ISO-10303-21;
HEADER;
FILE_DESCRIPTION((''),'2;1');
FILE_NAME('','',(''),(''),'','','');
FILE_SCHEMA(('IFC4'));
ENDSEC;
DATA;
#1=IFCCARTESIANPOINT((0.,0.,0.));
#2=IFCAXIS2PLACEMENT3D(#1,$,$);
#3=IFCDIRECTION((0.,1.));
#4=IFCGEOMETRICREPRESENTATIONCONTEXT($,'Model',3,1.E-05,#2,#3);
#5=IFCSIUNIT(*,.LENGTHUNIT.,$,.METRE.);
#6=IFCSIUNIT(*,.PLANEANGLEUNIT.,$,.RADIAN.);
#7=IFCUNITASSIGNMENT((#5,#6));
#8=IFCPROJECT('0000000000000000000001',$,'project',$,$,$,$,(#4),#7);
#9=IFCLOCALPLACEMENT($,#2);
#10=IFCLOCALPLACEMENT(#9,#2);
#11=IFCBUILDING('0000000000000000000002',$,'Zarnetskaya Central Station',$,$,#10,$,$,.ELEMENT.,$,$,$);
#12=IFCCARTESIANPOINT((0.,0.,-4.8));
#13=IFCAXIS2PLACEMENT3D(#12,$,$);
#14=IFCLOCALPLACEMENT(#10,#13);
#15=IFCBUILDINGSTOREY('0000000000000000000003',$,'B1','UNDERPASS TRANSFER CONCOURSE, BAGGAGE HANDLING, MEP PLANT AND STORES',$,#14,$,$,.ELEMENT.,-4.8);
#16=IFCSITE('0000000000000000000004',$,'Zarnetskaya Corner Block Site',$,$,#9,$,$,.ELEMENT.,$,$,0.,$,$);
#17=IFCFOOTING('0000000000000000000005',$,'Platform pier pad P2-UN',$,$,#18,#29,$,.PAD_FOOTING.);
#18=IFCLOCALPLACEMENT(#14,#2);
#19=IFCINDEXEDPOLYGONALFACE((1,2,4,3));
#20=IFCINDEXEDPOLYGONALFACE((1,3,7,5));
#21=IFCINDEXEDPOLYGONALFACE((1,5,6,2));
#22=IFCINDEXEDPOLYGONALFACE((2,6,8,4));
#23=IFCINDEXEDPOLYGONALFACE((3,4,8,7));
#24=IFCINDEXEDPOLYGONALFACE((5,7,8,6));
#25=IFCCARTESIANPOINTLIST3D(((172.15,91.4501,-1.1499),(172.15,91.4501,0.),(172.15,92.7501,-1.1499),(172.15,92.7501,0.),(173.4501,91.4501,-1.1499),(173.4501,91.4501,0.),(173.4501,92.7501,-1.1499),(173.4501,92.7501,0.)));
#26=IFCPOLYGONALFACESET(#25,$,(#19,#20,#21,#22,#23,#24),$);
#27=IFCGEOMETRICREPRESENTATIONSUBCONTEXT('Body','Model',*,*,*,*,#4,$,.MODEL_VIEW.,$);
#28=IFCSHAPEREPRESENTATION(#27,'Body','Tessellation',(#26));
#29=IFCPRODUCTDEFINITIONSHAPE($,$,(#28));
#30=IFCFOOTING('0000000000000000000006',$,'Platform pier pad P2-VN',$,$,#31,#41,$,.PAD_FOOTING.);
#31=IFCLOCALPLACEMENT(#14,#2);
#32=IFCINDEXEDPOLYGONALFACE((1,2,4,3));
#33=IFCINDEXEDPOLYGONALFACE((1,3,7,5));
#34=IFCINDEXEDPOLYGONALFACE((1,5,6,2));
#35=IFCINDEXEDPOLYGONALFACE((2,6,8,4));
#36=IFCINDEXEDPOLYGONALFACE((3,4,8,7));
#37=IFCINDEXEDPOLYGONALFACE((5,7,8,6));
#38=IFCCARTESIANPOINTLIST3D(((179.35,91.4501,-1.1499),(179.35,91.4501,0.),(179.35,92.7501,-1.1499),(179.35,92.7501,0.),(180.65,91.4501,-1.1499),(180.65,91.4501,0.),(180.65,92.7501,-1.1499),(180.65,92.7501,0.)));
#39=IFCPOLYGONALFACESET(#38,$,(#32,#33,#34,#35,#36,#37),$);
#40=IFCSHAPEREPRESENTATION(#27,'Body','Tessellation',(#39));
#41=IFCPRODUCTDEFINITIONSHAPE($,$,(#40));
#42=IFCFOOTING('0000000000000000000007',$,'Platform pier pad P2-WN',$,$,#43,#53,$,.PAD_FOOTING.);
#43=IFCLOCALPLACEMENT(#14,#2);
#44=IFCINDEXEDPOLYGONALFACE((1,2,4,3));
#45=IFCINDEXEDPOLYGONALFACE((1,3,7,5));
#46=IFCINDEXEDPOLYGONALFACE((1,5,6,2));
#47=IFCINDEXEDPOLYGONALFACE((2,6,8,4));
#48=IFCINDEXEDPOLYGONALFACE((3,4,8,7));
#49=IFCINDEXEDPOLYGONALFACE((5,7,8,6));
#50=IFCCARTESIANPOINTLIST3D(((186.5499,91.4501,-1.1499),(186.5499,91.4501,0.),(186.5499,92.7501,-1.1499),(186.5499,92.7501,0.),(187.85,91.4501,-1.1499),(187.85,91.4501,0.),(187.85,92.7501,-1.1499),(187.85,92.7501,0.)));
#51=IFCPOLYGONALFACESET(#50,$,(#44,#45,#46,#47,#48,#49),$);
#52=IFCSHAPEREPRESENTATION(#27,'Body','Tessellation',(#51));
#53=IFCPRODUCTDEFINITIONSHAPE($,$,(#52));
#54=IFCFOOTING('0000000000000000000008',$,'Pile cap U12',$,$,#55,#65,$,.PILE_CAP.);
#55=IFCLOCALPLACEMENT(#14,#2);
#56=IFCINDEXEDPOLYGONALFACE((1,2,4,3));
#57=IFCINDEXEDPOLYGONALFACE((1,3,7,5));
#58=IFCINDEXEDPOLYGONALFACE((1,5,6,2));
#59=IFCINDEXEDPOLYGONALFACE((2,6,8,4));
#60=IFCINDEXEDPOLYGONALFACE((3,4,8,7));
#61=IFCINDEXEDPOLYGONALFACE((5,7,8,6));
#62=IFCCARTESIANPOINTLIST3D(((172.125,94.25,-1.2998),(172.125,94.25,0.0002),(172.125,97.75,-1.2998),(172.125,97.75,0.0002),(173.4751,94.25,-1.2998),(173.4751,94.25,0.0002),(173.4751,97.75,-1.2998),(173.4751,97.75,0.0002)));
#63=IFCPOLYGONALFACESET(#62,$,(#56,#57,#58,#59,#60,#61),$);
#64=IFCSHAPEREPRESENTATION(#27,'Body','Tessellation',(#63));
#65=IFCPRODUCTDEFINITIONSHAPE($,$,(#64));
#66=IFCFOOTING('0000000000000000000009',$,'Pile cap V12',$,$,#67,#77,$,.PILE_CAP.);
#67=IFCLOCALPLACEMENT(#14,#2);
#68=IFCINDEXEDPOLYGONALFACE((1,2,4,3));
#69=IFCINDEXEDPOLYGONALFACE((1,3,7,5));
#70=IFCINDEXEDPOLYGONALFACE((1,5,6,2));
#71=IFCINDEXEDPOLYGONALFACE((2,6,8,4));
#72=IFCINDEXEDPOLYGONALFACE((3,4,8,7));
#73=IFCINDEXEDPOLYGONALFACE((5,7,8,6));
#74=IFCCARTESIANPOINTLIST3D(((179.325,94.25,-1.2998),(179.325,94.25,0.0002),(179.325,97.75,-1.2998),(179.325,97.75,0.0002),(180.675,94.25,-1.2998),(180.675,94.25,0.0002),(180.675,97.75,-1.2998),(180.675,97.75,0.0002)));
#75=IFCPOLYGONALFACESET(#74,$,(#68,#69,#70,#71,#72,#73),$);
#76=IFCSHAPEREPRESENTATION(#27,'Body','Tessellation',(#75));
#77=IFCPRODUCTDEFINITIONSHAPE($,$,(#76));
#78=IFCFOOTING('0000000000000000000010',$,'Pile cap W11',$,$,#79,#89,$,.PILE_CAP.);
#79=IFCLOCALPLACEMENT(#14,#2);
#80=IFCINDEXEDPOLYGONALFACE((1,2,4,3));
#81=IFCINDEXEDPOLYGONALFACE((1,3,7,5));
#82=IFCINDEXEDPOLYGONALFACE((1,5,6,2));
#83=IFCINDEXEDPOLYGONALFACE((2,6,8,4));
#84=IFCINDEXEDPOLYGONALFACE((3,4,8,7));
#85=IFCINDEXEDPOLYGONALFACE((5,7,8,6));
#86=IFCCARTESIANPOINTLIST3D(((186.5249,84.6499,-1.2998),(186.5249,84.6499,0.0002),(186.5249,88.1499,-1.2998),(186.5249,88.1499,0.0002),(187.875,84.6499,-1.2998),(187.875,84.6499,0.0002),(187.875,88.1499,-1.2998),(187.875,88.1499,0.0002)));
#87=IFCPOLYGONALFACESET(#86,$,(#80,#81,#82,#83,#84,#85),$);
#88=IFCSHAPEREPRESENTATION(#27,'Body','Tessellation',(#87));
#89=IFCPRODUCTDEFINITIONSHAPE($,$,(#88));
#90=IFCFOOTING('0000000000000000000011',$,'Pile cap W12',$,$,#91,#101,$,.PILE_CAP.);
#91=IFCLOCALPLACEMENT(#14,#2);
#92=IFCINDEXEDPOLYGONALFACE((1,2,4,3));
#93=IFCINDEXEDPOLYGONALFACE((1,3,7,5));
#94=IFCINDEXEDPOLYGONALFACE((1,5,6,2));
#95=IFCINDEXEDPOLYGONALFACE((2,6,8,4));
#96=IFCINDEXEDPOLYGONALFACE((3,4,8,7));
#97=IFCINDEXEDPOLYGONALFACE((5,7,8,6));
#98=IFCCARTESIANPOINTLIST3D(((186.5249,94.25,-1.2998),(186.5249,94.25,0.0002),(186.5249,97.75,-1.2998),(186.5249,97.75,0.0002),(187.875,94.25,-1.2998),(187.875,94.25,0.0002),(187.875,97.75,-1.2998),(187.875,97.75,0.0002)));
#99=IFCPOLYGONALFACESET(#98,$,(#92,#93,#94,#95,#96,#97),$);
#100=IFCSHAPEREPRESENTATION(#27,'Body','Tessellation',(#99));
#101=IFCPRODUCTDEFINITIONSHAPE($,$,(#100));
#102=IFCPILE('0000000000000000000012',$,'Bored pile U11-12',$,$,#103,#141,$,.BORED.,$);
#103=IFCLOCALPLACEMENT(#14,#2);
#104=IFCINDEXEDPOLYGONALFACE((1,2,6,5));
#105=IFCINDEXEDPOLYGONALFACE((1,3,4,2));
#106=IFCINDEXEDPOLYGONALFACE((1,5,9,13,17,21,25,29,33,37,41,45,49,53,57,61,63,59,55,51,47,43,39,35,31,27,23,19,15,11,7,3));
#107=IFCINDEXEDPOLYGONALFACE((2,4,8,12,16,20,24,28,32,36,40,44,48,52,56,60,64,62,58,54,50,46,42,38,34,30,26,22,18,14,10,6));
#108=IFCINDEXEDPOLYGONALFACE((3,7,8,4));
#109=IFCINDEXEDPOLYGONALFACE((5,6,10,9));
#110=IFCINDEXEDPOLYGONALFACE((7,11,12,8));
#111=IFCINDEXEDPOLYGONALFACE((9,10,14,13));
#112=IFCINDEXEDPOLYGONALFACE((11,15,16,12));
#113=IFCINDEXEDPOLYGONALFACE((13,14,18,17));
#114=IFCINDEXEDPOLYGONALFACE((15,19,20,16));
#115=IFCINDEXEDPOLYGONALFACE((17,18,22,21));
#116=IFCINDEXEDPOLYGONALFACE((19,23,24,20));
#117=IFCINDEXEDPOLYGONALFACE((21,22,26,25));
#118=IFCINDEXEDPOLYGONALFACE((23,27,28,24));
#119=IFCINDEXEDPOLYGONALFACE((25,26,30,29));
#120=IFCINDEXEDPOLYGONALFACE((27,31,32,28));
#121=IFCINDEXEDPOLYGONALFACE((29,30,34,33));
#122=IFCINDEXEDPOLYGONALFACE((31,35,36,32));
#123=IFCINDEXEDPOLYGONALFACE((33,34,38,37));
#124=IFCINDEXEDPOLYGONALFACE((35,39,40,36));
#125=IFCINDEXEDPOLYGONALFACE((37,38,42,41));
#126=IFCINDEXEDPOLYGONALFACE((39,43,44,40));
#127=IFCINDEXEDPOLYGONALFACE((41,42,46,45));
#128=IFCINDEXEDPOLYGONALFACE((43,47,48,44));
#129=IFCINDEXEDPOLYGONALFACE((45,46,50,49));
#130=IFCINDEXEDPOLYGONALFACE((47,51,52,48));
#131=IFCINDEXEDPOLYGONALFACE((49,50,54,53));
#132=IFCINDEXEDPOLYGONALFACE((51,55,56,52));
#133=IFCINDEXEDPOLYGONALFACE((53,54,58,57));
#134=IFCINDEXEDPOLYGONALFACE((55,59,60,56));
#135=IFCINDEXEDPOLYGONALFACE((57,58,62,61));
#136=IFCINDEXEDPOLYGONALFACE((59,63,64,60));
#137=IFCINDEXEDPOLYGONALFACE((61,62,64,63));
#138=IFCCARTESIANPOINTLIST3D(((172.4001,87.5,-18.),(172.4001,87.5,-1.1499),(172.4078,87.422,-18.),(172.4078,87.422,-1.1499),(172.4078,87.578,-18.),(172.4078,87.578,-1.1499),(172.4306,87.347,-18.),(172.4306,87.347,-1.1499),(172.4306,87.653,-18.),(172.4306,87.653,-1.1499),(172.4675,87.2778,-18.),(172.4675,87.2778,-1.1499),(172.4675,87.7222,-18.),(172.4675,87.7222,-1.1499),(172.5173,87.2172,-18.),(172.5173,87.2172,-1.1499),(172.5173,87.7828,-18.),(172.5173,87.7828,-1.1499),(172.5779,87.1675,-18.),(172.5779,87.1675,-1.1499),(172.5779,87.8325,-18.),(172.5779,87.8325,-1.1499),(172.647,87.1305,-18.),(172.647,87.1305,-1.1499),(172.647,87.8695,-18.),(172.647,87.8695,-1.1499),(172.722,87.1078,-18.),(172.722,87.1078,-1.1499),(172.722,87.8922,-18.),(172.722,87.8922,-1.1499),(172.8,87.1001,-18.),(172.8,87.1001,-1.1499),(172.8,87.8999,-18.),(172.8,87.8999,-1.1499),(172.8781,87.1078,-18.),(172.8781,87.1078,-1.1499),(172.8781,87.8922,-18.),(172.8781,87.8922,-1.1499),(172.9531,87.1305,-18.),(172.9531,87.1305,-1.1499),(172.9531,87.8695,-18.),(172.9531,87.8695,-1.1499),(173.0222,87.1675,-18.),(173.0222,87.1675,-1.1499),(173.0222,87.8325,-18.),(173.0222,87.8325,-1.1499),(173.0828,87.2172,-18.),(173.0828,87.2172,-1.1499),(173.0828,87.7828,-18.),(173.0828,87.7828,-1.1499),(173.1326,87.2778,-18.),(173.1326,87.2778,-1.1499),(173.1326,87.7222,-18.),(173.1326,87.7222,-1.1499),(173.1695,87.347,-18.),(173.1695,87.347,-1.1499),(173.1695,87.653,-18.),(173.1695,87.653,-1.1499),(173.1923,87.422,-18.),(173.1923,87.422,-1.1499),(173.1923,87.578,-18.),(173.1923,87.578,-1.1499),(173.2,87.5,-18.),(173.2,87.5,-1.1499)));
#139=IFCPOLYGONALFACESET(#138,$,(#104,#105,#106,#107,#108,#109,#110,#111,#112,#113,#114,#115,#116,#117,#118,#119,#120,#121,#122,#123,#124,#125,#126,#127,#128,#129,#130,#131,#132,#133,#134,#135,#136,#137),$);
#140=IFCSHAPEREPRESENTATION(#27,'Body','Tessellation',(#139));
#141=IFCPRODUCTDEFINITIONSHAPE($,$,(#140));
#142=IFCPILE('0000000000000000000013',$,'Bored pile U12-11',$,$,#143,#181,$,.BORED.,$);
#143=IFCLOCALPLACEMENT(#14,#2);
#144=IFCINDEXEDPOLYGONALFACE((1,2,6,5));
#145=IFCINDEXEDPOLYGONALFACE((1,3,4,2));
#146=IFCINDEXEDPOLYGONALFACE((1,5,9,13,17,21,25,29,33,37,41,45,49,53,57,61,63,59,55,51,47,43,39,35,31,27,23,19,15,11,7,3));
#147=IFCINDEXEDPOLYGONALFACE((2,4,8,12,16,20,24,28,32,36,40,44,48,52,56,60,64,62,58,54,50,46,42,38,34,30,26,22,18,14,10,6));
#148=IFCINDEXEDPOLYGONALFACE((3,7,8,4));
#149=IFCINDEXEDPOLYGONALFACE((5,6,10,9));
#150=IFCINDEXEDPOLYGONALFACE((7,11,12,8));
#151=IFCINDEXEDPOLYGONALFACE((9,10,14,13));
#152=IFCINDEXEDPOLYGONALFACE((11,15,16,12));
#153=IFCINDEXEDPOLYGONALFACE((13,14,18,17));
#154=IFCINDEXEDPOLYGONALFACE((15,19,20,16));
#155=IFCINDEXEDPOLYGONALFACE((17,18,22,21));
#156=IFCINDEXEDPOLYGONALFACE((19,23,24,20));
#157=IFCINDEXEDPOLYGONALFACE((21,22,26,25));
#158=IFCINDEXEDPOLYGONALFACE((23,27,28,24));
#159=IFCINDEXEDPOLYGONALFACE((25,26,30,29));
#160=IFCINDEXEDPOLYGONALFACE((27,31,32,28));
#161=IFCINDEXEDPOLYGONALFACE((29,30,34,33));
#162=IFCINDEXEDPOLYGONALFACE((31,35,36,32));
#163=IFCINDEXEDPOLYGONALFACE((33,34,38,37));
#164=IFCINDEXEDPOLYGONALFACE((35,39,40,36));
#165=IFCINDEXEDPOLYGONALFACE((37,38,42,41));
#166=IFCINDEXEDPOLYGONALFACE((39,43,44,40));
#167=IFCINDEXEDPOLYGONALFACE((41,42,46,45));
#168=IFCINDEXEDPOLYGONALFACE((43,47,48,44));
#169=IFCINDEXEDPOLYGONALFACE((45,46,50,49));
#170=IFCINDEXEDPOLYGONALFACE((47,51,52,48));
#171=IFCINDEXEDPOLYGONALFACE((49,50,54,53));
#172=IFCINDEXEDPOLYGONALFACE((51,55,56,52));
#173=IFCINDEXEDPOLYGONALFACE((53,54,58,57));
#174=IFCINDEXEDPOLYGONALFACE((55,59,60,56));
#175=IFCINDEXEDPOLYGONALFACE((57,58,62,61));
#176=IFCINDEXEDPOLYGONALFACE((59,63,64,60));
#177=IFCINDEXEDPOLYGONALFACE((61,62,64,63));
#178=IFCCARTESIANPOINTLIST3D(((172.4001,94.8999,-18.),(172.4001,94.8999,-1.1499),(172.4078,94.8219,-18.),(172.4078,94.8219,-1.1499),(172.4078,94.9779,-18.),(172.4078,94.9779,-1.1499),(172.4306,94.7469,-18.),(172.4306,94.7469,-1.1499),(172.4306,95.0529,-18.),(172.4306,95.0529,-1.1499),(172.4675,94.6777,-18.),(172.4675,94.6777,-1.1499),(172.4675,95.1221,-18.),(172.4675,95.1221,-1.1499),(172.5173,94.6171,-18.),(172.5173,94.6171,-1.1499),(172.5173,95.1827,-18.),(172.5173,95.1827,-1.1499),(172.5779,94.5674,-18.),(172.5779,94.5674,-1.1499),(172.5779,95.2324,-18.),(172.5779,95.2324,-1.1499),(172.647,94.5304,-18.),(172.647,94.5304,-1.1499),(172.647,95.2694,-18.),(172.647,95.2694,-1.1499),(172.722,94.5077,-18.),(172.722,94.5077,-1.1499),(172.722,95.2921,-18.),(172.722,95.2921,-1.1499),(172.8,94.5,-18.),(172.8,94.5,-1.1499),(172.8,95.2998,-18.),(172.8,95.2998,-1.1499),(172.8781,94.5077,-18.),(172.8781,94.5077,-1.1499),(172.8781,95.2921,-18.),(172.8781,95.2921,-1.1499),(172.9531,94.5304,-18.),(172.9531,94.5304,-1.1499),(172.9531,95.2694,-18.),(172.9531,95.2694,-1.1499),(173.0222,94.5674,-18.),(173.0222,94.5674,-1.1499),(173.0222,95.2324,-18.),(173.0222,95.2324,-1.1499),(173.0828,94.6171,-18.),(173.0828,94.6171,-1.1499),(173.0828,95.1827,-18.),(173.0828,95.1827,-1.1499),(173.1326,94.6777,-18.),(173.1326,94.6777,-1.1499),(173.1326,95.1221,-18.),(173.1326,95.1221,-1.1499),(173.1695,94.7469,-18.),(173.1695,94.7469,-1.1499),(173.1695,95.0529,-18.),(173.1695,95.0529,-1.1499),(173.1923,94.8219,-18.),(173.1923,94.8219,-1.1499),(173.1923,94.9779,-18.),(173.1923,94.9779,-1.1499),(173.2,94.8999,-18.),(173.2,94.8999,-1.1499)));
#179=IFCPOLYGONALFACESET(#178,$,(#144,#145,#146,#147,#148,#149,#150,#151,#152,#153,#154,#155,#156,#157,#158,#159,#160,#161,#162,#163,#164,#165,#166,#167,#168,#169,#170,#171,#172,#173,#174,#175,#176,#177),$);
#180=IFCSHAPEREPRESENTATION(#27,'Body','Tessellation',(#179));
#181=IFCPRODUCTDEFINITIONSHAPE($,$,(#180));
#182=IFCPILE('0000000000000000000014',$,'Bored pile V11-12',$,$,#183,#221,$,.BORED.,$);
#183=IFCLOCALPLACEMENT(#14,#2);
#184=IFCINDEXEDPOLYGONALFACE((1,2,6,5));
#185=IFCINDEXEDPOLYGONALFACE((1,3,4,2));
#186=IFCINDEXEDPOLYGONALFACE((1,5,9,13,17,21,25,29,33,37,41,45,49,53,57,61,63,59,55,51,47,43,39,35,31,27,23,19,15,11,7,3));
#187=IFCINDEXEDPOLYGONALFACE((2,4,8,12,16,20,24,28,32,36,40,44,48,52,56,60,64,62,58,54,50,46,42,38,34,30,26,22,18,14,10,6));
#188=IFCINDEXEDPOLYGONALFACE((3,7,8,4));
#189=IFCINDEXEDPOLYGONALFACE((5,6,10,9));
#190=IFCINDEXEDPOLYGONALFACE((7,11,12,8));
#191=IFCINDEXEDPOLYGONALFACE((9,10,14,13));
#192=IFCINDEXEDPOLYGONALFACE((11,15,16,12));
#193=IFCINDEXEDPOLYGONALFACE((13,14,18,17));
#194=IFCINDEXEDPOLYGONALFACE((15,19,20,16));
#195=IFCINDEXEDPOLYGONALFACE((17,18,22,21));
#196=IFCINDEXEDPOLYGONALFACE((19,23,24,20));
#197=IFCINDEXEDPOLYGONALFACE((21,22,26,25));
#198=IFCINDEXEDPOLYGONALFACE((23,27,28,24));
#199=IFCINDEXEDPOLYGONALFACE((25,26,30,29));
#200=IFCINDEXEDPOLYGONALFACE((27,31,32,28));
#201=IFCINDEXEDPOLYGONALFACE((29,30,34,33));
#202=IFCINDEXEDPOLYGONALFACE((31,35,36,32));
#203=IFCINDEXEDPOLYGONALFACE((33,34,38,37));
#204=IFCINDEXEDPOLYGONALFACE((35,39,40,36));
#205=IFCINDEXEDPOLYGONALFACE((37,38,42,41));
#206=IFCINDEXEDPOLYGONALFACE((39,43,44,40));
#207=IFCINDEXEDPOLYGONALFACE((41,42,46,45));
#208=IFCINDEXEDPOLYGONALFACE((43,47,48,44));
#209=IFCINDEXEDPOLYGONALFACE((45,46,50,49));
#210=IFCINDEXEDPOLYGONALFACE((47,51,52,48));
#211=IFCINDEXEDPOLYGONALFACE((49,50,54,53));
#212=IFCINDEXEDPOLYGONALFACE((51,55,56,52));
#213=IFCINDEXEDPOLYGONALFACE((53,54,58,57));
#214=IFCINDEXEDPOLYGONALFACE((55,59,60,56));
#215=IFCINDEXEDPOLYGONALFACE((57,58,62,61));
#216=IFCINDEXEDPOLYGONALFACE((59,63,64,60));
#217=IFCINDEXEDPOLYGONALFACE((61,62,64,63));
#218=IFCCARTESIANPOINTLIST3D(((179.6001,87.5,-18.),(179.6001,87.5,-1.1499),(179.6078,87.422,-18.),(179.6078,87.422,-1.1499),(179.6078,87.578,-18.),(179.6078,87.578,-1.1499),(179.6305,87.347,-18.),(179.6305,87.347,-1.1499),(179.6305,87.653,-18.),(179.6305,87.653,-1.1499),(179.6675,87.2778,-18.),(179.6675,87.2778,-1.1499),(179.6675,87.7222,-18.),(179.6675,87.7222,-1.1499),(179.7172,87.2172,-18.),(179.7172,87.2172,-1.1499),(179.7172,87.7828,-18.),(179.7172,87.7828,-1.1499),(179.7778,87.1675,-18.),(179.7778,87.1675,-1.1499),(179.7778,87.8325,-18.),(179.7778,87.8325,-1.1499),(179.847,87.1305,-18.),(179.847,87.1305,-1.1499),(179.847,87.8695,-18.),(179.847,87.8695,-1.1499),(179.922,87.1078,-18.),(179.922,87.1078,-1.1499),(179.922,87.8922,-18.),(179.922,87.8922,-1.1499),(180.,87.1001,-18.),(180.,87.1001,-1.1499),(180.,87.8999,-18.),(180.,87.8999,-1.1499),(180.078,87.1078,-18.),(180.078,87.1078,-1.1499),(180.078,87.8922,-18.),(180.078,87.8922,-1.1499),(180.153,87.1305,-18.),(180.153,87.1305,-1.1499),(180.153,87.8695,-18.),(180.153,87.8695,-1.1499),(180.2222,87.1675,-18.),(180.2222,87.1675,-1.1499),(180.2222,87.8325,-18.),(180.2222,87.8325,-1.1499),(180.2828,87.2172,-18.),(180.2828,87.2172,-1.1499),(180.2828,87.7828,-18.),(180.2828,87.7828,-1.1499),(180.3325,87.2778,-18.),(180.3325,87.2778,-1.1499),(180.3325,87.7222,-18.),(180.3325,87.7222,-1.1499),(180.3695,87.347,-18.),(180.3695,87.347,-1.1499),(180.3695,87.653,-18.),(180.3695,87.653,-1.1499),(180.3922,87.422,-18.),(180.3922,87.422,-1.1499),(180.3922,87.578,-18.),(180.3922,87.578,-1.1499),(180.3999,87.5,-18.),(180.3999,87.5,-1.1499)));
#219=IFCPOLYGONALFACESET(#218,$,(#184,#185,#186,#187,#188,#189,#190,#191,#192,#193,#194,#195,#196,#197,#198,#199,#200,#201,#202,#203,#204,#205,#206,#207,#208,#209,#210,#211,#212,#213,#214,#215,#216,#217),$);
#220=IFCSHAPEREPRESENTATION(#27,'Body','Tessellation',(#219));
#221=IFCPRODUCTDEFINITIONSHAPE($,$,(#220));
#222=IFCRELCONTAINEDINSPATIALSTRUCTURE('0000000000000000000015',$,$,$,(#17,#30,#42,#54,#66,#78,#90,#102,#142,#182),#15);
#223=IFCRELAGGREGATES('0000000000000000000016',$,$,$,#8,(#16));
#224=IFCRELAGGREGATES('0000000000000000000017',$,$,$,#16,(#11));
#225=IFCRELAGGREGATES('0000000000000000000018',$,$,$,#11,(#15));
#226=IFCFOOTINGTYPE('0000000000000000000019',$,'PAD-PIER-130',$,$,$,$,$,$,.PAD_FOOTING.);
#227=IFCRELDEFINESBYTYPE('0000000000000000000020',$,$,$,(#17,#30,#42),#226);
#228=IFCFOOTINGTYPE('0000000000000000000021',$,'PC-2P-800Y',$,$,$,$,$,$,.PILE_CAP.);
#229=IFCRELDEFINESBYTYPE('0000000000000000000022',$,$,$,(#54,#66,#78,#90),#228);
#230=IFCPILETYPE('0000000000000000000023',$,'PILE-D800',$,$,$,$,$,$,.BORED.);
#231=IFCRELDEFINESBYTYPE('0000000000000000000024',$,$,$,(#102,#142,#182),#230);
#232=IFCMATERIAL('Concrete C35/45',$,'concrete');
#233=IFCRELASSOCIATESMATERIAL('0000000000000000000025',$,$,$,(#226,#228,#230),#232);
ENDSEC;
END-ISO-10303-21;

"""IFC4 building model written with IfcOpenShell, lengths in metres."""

from ifc_helpers import new_model, si_unit, direction, frame, origin, origin_2d, place, context, subcontext, project, spatial, rectangle, circle, extrude, material, material_profile, profile_set, type_object, element, save


model = new_model("IFC4")

# Units and contexts
model_context = context("Model", 3, precision=1e-05, world=origin(), true_north=direction((0.0, 1.0)))
body_context = subcontext(model_context, "Body", "Model", "MODEL_VIEW")
ifc_project = project(units=[si_unit("LENGTHUNIT", "METRE"), si_unit("PLANEANGLEUNIT", "RADIAN")], contexts=[model_context])

# Site, building, storey
site_placement = place(None, origin())
site = spatial("IfcSite", under=ifc_project, at=site_placement, Name="Zarnetskaya Corner Block Site", CompositionType="ELEMENT", RefElevation=0.0)
building_placement = place(site_placement, origin())
building = spatial("IfcBuilding", under=site, at=building_placement, Name="Zarnetskaya Central Station", CompositionType="ELEMENT")
storey_placement = place(building_placement, frame((0.0, 0.0, -4.8)))
storey = spatial("IfcBuildingStorey", under=building, at=storey_placement, Name="B1", Description="UNDERPASS TRANSFER CONCOURSE, BAGGAGE HANDLING, MEP PLANT AND STORES", CompositionType="ELEMENT", Elevation=-4.8)

# Footings
ifc_material = material(Name="Concrete C35/45", Category="concrete")
footing_type_1 = type_object("IfcFootingType", Name="PAD-PIER-130", PredefinedType="PAD_FOOTING", material=ifc_material)
for number, where, z_axis, x_axis, name in (
    (1, (172.8, 92.1001, -1.1499), (0.0, 0.0, 1.0), (1.0, 0.0, 0.0), "Platform pier pad P2-UN"),
    (2, (180.0, 92.1001, -1.1499), (0.0, 0.0, 1.0), (1.0, 0.0, 0.0), "Platform pier pad P2-VN"),
    (3, (187.2, 92.1001, -1.1499), (0.0, 0.0, 1.0), (1.0, 0.0, 0.0), "Platform pier pad P2-WN"),
):
    element("IfcFooting", number, at=place(storey_placement, frame(where, z_axis=z_axis, x_axis=x_axis)), inside=storey, type_object=footing_type_1, Name=name, PredefinedType="PAD_FOOTING", context=body_context, shape_type="SweptSolid", body=[
        extrude(rectangle(XDim=1.3, YDim=1.3, at=origin_2d()), origin(), (0.0, 0.0, 1.0), 1.1499),
    ])
footing_type_2 = type_object("IfcFootingType", Name="PC-2P-800Y", PredefinedType="PILE_CAP", material=ifc_material)
for number, where, z_axis, x_axis, name in (
    (4, (172.8, 96.0, -1.2998), (0.0, 0.0, 1.0), (1.0, 0.0, 0.0), "Pile cap U12"),
    (5, (180.0, 96.0, -1.2998), (0.0, 0.0, 1.0), (1.0, 0.0, 0.0), "Pile cap V12"),
    (6, (187.2, 86.3999, -1.2998), (0.0, 0.0, 1.0), (1.0, 0.0, 0.0), "Pile cap W11"),
    (7, (187.2, 96.0, -1.2998), (0.0, 0.0, 1.0), (1.0, 0.0, 0.0), "Pile cap W12"),
):
    element("IfcFooting", number, at=place(storey_placement, frame(where, z_axis=z_axis, x_axis=x_axis)), inside=storey, type_object=footing_type_2, Name=name, PredefinedType="PILE_CAP", context=body_context, shape_type="SweptSolid", body=[
        extrude(rectangle(XDim=1.3501, YDim=3.5, at=origin_2d()), origin(), (0.0, 0.0, 1.0), 1.3),
    ])

# Piles
ifc_material_profile_1 = material_profile(ifc_material, circle(Radius=0.3999, at=origin_2d()), Name="BORED PILE D800")
ifc_profile_set_1 = profile_set([ifc_material_profile_1], Name="Concrete C35/45")
pile_type = type_object("IfcPileType", Name="PILE-D800", PredefinedType="BORED", material=ifc_profile_set_1)
for number, where, z_axis, x_axis, name in (
    (8, (172.8, 87.5, -1.1499), (0.0, 0.0, -1.0), (1.0, 0.0, 0.0), "Bored pile U11-12"),
    (9, (172.8, 94.8999, -1.1499), (0.0, 0.0, -1.0), (1.0, 0.0, 0.0), "Bored pile U12-11"),
    (10, (180.0, 87.5, -1.1499), (0.0, 0.0, -1.0), (1.0, 0.0, 0.0), "Bored pile V11-12"),
):
    element("IfcPile", number, at=place(storey_placement, frame(where, z_axis=z_axis, x_axis=x_axis)), inside=storey, type_object=pile_type, Name=name, PredefinedType="BORED", context=body_context, shape_type="SweptSolid", body=[
        extrude(circle(Radius=0.3999, at=origin_2d()), origin(), (0.0, 0.0, 1.0), 16.8501),
    ])

save(model, "model.ifc")
